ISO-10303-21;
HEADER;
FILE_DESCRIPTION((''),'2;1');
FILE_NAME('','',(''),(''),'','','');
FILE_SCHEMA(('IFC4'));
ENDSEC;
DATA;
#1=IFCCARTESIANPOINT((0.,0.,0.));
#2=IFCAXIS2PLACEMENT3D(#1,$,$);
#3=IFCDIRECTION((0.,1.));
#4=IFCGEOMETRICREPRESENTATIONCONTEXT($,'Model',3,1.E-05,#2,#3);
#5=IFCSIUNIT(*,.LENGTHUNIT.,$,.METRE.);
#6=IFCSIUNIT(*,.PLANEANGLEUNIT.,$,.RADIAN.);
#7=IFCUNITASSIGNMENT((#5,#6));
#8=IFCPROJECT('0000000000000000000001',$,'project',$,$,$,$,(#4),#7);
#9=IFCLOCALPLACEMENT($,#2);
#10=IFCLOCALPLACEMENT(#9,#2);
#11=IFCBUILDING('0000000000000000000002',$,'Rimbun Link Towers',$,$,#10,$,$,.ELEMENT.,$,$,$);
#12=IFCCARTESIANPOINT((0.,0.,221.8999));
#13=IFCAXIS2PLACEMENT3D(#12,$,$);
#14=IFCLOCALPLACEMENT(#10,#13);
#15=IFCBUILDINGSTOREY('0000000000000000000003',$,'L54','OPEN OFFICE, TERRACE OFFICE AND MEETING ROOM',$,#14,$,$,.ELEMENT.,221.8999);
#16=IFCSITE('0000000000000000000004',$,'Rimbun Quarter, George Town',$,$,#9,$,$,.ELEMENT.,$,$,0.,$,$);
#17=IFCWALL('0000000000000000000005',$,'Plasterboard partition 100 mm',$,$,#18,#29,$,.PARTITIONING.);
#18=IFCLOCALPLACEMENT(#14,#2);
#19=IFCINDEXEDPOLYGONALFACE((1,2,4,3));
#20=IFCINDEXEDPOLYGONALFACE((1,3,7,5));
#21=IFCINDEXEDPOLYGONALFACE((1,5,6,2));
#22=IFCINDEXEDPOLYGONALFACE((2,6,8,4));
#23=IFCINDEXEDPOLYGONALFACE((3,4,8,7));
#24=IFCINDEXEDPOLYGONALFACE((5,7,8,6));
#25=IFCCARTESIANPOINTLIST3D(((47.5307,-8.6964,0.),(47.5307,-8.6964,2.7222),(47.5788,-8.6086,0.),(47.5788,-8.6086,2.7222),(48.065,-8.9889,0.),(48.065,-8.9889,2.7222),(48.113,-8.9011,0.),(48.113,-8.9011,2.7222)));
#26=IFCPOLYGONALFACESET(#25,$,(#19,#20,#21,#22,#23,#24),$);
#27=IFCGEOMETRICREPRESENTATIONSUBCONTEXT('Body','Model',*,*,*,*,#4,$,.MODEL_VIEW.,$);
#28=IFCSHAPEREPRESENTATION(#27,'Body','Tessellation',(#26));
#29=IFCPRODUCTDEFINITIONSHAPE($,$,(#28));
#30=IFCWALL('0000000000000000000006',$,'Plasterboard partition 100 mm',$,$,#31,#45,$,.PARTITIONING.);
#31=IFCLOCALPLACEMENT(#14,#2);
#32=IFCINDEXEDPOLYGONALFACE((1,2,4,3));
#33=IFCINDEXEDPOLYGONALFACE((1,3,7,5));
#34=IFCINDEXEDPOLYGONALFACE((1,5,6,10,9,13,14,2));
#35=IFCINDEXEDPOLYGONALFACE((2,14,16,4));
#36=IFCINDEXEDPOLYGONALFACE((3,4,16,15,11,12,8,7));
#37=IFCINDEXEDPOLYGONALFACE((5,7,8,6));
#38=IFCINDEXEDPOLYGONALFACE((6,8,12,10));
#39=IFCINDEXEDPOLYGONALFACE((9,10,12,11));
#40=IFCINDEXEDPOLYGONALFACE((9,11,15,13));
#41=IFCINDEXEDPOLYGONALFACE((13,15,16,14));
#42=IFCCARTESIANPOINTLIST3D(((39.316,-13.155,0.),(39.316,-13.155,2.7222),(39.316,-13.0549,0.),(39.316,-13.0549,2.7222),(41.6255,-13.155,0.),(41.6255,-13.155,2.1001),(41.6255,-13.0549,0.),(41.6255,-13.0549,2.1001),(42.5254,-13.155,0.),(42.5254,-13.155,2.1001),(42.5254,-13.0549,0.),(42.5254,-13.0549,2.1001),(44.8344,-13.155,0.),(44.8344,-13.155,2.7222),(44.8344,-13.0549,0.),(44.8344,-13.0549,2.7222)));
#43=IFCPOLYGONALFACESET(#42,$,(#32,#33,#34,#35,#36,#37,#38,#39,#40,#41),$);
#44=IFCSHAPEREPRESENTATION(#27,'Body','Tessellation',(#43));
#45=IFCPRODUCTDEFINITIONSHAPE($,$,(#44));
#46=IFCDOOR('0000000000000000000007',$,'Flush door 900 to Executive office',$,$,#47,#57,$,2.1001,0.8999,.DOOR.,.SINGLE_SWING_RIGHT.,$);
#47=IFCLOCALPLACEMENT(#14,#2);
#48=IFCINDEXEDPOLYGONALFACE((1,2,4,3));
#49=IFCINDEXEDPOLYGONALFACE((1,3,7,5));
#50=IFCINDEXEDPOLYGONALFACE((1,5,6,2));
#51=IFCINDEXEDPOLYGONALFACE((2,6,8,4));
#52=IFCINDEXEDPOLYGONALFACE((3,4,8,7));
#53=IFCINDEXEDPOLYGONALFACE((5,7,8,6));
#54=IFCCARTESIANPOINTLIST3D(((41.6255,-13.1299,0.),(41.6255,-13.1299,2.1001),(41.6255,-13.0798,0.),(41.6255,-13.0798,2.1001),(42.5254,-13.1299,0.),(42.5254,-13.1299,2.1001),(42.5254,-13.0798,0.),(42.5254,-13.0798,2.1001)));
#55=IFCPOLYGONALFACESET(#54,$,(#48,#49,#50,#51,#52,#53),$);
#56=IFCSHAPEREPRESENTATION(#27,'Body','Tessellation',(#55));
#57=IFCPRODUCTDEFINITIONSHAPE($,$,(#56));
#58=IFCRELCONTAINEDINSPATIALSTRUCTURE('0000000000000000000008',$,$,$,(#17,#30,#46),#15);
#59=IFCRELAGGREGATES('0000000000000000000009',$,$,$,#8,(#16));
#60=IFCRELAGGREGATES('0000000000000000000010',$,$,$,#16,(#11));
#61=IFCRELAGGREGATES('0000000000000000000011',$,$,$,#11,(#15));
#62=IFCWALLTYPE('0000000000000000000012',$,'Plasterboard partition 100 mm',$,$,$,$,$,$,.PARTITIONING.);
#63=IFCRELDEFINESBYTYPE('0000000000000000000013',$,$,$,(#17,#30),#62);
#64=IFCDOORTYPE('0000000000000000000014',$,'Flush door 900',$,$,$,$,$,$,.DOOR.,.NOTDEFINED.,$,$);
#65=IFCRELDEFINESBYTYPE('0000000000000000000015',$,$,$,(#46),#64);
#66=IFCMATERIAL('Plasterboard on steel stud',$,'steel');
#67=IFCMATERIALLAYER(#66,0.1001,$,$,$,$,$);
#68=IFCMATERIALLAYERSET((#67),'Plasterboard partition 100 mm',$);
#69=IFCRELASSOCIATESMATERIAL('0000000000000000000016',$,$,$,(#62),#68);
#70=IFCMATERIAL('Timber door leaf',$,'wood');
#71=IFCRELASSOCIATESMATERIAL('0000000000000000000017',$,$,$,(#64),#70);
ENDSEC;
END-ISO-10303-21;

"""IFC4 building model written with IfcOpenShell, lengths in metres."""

from ifc_helpers import new_model, si_unit, direction, frame, frame_2d, origin, place, context, subcontext, project, spatial, rectangle, extrude, material, layer, layer_set, type_object, element, fill, save


model = new_model("IFC4")

# Units and contexts
model_context = context("Model", 3, precision=1e-05, world=origin(), true_north=direction((0.0, 1.0)))
body_context = subcontext(model_context, "Body", "Model", "MODEL_VIEW")
ifc_project = project(units=[si_unit("LENGTHUNIT", "METRE"), si_unit("PLANEANGLEUNIT", "RADIAN")], contexts=[model_context])

# Site, building, storey
site_placement = place(None, origin())
site = spatial("IfcSite", under=ifc_project, at=site_placement, Name="Rimbun Quarter, George Town", CompositionType="ELEMENT", RefElevation=0.0)
building_placement = place(site_placement, origin())
building = spatial("IfcBuilding", under=site, at=building_placement, Name="Rimbun Link Towers", CompositionType="ELEMENT")
storey_placement = place(building_placement, frame((0.0, 0.0, 221.8999)))
storey = spatial("IfcBuildingStorey", under=building, at=storey_placement, Name="L54", Description="OPEN OFFICE, TERRACE OFFICE AND MEETING ROOM", CompositionType="ELEMENT", Elevation=221.8999)

# Wall
ifc_material_1 = material(Name="Plasterboard on steel stud", Category="steel")
ifc_layer_1 = layer(ifc_material_1, 0.1001)
ifc_layer_set_1 = layer_set([ifc_layer_1], Name="Plasterboard partition 100 mm")
wall_type_1 = type_object("IfcWallType", Name="Plasterboard partition 100 mm", PredefinedType="PARTITIONING", material=ifc_layer_set_1)
wall_1_placement = place(storey_placement, frame((48.0891, -8.9451, 0.0), z_axis=(0.0, 0.0, 1.0), x_axis=(-0.877128, 0.480256, 0.0)))
element("IfcWall", 1, at=wall_1_placement, inside=storey, type_object=wall_type_1, Name="Plasterboard partition 100 mm", PredefinedType="PARTITIONING", context=body_context, shape_type="SweptSolid", body=[
    extrude(rectangle(XDim=0.6091, YDim=0.1001, at=frame_2d((0.3047, 0.0))), origin(), (0.0, 0.0, 1.0), 2.7222),
])

# Wall, opening, door
wall_2_placement = place(storey_placement, frame((44.8345, -13.105, 0.0), z_axis=(0.0, 0.0, 1.0), x_axis=(-1.0, 0.0, 0.0)))
wall_2 = element("IfcWall", 2, at=wall_2_placement, inside=storey, type_object=wall_type_1, Name="Plasterboard partition 100 mm", PredefinedType="PARTITIONING", context=body_context, shape_type="SweptSolid", body=[
    extrude(rectangle(XDim=5.5183, YDim=0.1001, at=frame_2d((2.7593, 0.0))), origin(), (0.0, 0.0, 1.0), 2.7222),
])
opening_1_placement = place(wall_2_placement, frame((2.3091, 0.0, 0.0)))
opening_1 = element("IfcOpeningElement", 3, at=opening_1_placement, cuts=wall_2, PredefinedType="OPENING", context=body_context, shape_type="SweptSolid", body=[
    extrude(rectangle(XDim=0.8999, YDim=2.1001, at=frame_2d((0.45, 1.05))), frame((0.0, 0.0601, 0.0), z_axis=(0.0, -1.0, 0.0), x_axis=(1.0, 0.0, 0.0)), (0.0, 0.0, 1.0), 0.1201),
])
ifc_material_2 = material(Name="Timber door leaf", Category="wood")
door_type_1 = type_object("IfcDoorType", Name="Flush door 900", OperationType="NOTDEFINED", PredefinedType="DOOR", material=ifc_material_2)
door_1_placement = place(opening_1_placement, origin())
door_1 = element("IfcDoor", 4, at=door_1_placement, inside=storey, type_object=door_type_1, Name="Flush door 900 to Executive office", OperationType="SINGLE_SWING_RIGHT", OverallHeight=2.1001, OverallWidth=0.8999, PredefinedType="DOOR", context=body_context, shape_type="SweptSolid", body=[
    extrude(rectangle(XDim=0.8999, YDim=2.1001, at=frame_2d((0.45, 1.05))), frame((0.0, 0.0249, 0.0), z_axis=(0.0, -1.0, 0.0), x_axis=(1.0, 0.0, 0.0)), (0.0, 0.0, 1.0), 0.05),
])
fill(opening_1, door_1)

save(model, "model.ifc")
